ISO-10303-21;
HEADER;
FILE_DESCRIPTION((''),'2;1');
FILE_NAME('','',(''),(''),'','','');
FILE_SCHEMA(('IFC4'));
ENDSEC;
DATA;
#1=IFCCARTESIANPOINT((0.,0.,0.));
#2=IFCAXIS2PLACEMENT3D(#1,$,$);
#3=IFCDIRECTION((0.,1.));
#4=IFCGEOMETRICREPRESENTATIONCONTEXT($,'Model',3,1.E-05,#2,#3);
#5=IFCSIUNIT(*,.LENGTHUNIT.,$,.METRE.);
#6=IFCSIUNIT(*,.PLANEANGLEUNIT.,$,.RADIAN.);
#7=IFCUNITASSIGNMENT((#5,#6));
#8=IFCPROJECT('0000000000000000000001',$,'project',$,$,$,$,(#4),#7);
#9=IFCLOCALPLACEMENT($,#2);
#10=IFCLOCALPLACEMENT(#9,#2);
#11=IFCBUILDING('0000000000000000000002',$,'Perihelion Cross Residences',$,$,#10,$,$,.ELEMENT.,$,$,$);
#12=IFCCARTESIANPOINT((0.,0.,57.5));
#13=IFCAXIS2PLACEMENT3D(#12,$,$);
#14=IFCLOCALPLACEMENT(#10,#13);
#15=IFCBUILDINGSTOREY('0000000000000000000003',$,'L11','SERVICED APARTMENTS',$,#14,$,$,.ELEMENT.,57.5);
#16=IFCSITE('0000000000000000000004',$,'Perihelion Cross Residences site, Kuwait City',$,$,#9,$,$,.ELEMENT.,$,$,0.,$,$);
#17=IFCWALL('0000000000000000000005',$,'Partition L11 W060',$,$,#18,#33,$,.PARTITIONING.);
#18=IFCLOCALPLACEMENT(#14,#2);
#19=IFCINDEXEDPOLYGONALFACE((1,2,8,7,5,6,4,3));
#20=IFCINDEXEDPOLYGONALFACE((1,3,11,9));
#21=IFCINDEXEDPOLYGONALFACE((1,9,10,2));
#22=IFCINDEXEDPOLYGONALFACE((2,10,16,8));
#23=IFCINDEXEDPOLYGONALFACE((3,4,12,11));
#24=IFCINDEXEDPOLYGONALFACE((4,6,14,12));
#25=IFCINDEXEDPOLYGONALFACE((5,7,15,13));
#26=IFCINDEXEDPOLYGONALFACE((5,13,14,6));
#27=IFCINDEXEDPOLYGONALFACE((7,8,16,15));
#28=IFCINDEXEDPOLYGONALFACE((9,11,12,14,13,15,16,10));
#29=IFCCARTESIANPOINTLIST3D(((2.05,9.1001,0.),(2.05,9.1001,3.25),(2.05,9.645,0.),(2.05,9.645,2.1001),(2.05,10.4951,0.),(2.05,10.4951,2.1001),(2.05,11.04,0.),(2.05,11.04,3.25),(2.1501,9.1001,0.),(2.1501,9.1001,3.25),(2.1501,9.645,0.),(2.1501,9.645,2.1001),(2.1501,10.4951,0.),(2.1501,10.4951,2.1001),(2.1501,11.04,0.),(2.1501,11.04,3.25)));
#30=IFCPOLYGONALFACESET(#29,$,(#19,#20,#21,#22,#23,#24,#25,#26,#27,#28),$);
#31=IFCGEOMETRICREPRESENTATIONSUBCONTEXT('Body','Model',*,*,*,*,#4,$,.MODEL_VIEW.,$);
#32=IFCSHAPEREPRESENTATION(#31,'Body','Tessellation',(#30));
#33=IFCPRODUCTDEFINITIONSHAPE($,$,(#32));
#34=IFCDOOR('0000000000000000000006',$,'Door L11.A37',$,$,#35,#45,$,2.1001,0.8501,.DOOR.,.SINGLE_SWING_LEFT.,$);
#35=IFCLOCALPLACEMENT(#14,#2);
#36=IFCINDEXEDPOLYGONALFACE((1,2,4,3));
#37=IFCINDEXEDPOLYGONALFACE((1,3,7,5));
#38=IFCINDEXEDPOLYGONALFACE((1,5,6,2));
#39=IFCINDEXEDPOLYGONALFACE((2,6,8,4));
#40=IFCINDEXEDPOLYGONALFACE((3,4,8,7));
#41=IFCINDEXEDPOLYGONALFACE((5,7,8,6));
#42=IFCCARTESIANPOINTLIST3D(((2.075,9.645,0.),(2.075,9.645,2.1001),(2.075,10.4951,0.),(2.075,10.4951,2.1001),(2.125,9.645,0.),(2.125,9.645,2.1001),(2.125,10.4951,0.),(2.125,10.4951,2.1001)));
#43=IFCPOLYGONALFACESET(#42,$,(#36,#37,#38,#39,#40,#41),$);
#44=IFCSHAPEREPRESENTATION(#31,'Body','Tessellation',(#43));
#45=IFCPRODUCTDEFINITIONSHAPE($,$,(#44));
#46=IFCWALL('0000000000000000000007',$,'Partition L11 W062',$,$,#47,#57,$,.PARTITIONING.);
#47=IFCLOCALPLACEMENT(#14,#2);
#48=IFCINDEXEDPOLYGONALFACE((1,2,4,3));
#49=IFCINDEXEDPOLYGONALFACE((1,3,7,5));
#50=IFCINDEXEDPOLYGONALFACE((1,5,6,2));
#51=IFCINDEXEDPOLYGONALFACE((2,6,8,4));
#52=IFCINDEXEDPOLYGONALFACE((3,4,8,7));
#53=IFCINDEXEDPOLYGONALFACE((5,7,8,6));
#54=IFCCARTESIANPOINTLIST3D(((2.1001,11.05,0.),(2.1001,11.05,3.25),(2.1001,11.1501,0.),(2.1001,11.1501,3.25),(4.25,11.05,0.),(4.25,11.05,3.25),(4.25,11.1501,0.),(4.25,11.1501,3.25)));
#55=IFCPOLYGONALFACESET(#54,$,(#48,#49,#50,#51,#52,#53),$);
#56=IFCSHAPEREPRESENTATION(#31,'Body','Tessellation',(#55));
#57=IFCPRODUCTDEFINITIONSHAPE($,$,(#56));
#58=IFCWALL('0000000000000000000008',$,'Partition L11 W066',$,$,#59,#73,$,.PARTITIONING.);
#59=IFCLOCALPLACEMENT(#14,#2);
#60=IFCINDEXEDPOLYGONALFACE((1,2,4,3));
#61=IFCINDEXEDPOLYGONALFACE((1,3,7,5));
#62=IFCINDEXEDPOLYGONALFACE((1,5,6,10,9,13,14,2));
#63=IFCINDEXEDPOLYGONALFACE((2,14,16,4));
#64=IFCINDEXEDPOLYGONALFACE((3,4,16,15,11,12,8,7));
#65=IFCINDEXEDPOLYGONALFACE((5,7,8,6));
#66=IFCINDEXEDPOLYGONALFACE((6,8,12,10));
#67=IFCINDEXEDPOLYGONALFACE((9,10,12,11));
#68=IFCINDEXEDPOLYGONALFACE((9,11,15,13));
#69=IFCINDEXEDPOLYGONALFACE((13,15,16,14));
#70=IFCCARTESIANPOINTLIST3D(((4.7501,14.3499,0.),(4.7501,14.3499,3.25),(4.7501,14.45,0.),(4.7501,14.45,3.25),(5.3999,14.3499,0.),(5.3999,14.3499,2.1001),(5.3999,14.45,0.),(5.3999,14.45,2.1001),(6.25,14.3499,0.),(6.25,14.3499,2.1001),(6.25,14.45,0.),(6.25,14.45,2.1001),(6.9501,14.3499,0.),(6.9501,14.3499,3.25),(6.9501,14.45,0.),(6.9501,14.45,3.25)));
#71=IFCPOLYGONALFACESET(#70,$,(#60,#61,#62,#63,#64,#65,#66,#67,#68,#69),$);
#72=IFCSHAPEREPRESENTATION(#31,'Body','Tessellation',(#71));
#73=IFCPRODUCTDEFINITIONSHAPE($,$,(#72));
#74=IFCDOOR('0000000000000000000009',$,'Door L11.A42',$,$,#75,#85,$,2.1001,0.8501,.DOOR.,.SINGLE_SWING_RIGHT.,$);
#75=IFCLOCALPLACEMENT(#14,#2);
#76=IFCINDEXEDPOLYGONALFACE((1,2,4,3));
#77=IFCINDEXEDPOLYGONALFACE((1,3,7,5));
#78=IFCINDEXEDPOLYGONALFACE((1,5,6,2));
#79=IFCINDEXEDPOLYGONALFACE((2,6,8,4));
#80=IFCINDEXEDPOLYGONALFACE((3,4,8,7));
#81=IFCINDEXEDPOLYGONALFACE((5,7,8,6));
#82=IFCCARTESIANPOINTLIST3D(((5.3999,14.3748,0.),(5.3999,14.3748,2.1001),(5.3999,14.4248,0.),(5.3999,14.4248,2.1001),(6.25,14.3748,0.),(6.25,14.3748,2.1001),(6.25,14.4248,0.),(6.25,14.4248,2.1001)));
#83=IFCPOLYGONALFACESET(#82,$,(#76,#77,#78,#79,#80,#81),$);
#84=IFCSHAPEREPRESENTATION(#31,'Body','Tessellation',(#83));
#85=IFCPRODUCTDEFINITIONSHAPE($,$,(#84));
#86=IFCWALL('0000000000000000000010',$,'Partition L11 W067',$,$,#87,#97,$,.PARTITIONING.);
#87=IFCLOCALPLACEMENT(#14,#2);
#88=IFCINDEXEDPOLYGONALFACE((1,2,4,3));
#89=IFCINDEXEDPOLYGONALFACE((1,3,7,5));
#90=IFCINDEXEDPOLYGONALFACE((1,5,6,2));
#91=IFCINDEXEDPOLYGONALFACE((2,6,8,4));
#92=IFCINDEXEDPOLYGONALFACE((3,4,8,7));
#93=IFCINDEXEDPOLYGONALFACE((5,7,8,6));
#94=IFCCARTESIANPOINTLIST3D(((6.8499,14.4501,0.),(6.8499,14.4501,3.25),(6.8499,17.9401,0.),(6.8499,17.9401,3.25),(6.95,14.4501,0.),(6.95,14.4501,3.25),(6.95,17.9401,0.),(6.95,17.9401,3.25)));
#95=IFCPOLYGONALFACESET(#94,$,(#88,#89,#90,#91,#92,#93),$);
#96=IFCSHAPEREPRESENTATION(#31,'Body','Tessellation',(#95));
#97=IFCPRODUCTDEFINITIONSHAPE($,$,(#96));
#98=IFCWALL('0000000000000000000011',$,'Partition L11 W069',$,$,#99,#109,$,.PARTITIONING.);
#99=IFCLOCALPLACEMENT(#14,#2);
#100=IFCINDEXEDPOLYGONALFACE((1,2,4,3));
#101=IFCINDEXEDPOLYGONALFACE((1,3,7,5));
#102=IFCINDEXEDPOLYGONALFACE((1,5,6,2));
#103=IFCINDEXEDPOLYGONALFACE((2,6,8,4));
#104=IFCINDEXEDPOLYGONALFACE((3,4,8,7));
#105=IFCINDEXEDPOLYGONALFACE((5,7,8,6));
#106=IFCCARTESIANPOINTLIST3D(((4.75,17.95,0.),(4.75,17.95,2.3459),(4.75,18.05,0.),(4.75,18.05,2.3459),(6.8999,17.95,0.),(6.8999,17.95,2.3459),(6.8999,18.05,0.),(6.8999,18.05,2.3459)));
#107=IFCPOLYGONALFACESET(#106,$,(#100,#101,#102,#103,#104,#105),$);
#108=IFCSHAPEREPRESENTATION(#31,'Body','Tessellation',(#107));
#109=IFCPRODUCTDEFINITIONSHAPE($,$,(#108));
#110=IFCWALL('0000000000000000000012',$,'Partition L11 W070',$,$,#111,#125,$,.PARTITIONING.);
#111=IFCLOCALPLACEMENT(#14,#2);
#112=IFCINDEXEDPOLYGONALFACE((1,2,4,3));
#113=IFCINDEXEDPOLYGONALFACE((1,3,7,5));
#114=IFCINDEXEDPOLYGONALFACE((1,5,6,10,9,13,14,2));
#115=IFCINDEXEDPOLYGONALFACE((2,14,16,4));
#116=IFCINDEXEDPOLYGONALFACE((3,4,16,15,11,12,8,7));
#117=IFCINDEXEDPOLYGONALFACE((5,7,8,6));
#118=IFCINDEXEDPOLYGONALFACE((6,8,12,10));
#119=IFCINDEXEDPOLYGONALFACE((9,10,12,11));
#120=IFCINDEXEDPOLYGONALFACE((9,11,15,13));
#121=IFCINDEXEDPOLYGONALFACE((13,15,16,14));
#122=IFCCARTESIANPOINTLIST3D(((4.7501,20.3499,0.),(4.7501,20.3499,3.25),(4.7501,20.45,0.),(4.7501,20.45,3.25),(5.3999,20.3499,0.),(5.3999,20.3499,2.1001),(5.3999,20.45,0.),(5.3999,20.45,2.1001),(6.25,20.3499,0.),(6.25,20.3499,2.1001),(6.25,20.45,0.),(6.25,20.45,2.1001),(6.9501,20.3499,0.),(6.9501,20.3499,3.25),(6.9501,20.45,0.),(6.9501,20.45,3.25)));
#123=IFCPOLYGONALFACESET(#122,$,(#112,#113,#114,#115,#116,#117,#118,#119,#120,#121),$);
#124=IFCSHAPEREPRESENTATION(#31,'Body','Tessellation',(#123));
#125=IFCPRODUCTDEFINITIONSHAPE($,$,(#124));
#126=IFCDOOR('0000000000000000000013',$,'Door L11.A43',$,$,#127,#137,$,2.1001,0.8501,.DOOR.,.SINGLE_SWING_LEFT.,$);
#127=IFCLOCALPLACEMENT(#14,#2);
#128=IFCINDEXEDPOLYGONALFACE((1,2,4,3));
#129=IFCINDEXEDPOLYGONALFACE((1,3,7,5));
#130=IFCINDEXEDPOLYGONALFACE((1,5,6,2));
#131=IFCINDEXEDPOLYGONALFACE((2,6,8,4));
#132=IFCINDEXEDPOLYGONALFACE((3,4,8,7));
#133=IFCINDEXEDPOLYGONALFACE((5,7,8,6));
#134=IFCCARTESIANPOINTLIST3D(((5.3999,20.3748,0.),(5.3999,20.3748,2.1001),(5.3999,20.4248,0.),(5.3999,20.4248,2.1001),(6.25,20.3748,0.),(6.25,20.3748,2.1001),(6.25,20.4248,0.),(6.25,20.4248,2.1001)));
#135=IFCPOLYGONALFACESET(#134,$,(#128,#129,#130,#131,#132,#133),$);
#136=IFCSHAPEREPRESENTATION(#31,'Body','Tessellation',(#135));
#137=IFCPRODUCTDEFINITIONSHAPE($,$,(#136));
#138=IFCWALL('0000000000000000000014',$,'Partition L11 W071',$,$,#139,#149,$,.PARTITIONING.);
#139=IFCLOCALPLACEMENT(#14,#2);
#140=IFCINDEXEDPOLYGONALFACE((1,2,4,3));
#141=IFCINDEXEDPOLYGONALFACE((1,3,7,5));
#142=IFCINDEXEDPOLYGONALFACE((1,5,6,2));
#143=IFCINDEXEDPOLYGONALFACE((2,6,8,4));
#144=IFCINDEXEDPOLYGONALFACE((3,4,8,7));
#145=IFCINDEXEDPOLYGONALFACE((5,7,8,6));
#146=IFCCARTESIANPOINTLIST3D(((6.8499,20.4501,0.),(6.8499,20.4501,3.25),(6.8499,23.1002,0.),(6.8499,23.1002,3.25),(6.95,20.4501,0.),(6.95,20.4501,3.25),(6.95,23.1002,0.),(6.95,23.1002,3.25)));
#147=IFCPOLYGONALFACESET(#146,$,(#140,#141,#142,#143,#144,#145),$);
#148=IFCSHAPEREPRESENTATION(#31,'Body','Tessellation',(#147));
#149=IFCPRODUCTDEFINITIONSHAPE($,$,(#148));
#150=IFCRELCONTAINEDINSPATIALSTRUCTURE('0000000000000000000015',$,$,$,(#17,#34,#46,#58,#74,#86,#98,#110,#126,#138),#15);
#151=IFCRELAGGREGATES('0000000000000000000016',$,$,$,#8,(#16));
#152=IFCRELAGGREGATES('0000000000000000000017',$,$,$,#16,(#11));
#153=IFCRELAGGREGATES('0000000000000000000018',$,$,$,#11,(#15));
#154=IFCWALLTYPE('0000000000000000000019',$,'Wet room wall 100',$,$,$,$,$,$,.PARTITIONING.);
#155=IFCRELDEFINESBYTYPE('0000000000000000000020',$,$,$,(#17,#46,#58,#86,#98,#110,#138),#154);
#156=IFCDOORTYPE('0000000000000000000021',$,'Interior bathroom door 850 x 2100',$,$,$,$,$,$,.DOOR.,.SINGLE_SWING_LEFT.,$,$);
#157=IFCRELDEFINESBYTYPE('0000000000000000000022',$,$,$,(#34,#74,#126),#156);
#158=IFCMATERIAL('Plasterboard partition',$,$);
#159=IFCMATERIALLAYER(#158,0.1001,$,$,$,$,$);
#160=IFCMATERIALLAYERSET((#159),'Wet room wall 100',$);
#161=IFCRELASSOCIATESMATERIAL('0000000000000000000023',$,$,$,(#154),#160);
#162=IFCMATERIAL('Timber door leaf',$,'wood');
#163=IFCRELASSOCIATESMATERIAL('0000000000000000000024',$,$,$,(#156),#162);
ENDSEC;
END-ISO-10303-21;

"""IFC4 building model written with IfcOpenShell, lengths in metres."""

from ifc_helpers import new_model, si_unit, direction, frame, frame_2d, origin, place, context, subcontext, project, spatial, rectangle, extrude, material, layer, layer_set, type_object, element, fill, save


model = new_model("IFC4")

# Units and contexts
model_context = context("Model", 3, precision=1e-05, world=origin(), true_north=direction((0.0, 1.0)))
body_context = subcontext(model_context, "Body", "Model", "MODEL_VIEW")
ifc_project = project(units=[si_unit("LENGTHUNIT", "METRE"), si_unit("PLANEANGLEUNIT", "RADIAN")], contexts=[model_context])

# Site, building, storey
site_placement = place(None, origin())
site = spatial("IfcSite", under=ifc_project, at=site_placement, Name="Perihelion Cross Residences site, Kuwait City", CompositionType="ELEMENT", RefElevation=0.0)
building_placement = place(site_placement, origin())
building = spatial("IfcBuilding", under=site, at=building_placement, Name="Perihelion Cross Residences", CompositionType="ELEMENT")
storey_placement = place(building_placement, frame((0.0, 0.0, 57.5)))
storey = spatial("IfcBuildingStorey", under=building, at=storey_placement, Name="L11", Description="SERVICED APARTMENTS", CompositionType="ELEMENT", Elevation=57.5)

# Wall, opening, door
ifc_material_1 = material(Name="Plasterboard partition")
ifc_layer_1 = layer(ifc_material_1, 0.1001)
ifc_layer_set_1 = layer_set([ifc_layer_1], Name="Wet room wall 100")
wall_type_1 = type_object("IfcWallType", Name="Wet room wall 100", PredefinedType="PARTITIONING", material=ifc_layer_set_1)
wall_1_placement = place(storey_placement, frame((2.1001, 11.04, 0.0), z_axis=(0.0, 0.0, 1.0), x_axis=(0.0, -1.0, 0.0)))
wall_1 = element("IfcWall", 1, at=wall_1_placement, inside=storey, type_object=wall_type_1, Name="Partition L11 W060", PredefinedType="PARTITIONING", context=body_context, shape_type="SweptSolid", body=[
    extrude(rectangle(XDim=1.9399, YDim=0.1001, at=frame_2d((0.97, 0.0))), origin(), (0.0, 0.0, 1.0), 3.25),
])
opening_1_placement = place(wall_1_placement, frame((0.5449, 0.0, 0.0)))
opening_1 = element("IfcOpeningElement", 2, at=opening_1_placement, cuts=wall_1, PredefinedType="OPENING", context=body_context, shape_type="SweptSolid", body=[
    extrude(rectangle(XDim=0.8501, YDim=2.1001, at=frame_2d((0.425, 1.05))), frame((0.0, 0.0601, 0.0), z_axis=(0.0, -1.0, 0.0), x_axis=(1.0, 0.0, 0.0)), (0.0, 0.0, 1.0), 0.1201),
])
ifc_material_2 = material(Name="Timber door leaf", Category="wood")
door_type_1 = type_object("IfcDoorType", Name="Interior bathroom door 850 x 2100", OperationType="SINGLE_SWING_LEFT", PredefinedType="DOOR", material=ifc_material_2)
door_1_placement = place(opening_1_placement, origin())
door_1 = element("IfcDoor", 3, at=door_1_placement, inside=storey, type_object=door_type_1, Name="Door L11.A37", OperationType="SINGLE_SWING_LEFT", OverallHeight=2.1001, OverallWidth=0.8501, PredefinedType="DOOR", context=body_context, shape_type="SweptSolid", body=[
    extrude(rectangle(XDim=0.8501, YDim=2.1001, at=frame_2d((0.425, 1.05))), frame((0.0, 0.0249, 0.0), z_axis=(0.0, -1.0, 0.0), x_axis=(1.0, 0.0, 0.0)), (0.0, 0.0, 1.0), 0.05),
])
fill(opening_1, door_1)

# Wall
wall_2_placement = place(storey_placement, frame((2.1001, 11.1001, 0.0), z_axis=(0.0, 0.0, 1.0), x_axis=(1.0, 0.0, 0.0)))
element("IfcWall", 4, at=wall_2_placement, inside=storey, type_object=wall_type_1, Name="Partition L11 W062", PredefinedType="PARTITIONING", context=body_context, shape_type="SweptSolid", body=[
    extrude(rectangle(XDim=2.1499, YDim=0.1001, at=frame_2d((1.075, 0.0))), origin(), (0.0, 0.0, 1.0), 3.25),
])

# Wall, opening, door
wall_3_placement = place(storey_placement, frame((4.75, 14.3999, 0.0), z_axis=(0.0, 0.0, 1.0), x_axis=(1.0, 0.0, 0.0)))
wall_3 = element("IfcWall", 5, at=wall_3_placement, inside=storey, type_object=wall_type_1, Name="Partition L11 W066", PredefinedType="PARTITIONING", context=body_context, shape_type="SweptSolid", body=[
    extrude(rectangle(XDim=2.2, YDim=0.1001, at=frame_2d((1.1001, 0.0))), origin(), (0.0, 0.0, 1.0), 3.25),
])
opening_2_placement = place(wall_3_placement, frame((0.6499, 0.0, 0.0)))
opening_2 = element("IfcOpeningElement", 6, at=opening_2_placement, cuts=wall_3, PredefinedType="OPENING", context=body_context, shape_type="SweptSolid", body=[
    extrude(rectangle(XDim=0.8501, YDim=2.1001, at=frame_2d((0.425, 1.05))), frame((0.0, 0.0601, 0.0), z_axis=(0.0, -1.0, 0.0), x_axis=(1.0, 0.0, 0.0)), (0.0, 0.0, 1.0), 0.1201),
])
door_2_placement = place(opening_2_placement, origin())
door_2 = element("IfcDoor", 7, at=door_2_placement, inside=storey, type_object=door_type_1, Name="Door L11.A42", OperationType="SINGLE_SWING_RIGHT", OverallHeight=2.1001, OverallWidth=0.8501, PredefinedType="DOOR", context=body_context, shape_type="SweptSolid", body=[
    extrude(rectangle(XDim=0.8501, YDim=2.1001, at=frame_2d((0.425, 1.05))), frame((0.0, 0.0249, 0.0), z_axis=(0.0, -1.0, 0.0), x_axis=(1.0, 0.0, 0.0)), (0.0, 0.0, 1.0), 0.05),
])
fill(opening_2, door_2)

# Walls
wall_4_placement = place(storey_placement, frame((6.8999, 14.45, 0.0), z_axis=(0.0, 0.0, 1.0), x_axis=(0.0, 1.0, 0.0)))
element("IfcWall", 8, at=wall_4_placement, inside=storey, type_object=wall_type_1, Name="Partition L11 W067", PredefinedType="PARTITIONING", context=body_context, shape_type="SweptSolid", body=[
    extrude(rectangle(XDim=3.49, YDim=0.1001, at=frame_2d((1.7451, 0.0))), origin(), (0.0, 0.0, 1.0), 3.25),
])
wall_5_placement = place(storey_placement, frame((4.75, 18.0, 0.0), z_axis=(0.0, 0.0, 1.0), x_axis=(1.0, 0.0, 0.0)))
element("IfcWall", 9, at=wall_5_placement, inside=storey, type_object=wall_type_1, Name="Partition L11 W069", PredefinedType="PARTITIONING", context=body_context, shape_type="SweptSolid", body=[
    extrude(rectangle(XDim=2.1499, YDim=0.1001, at=frame_2d((1.075, 0.0))), origin(), (0.0, 0.0, 1.0), 2.3459),
])

# Wall, opening, door
wall_6_placement = place(storey_placement, frame((4.75, 20.3999, 0.0), z_axis=(0.0, 0.0, 1.0), x_axis=(1.0, 0.0, 0.0)))
wall_6 = element("IfcWall", 10, at=wall_6_placement, inside=storey, type_object=wall_type_1, Name="Partition L11 W070", PredefinedType="PARTITIONING", context=body_context, shape_type="SweptSolid", body=[
    extrude(rectangle(XDim=2.2, YDim=0.1001, at=frame_2d((1.1001, 0.0))), origin(), (0.0, 0.0, 1.0), 3.25),
])
opening_3_placement = place(wall_6_placement, frame((0.6499, 0.0, 0.0)))
opening_3 = element("IfcOpeningElement", 11, at=opening_3_placement, cuts=wall_6, PredefinedType="OPENING", context=body_context, shape_type="SweptSolid", body=[
    extrude(rectangle(XDim=0.8501, YDim=2.1001, at=frame_2d((0.425, 1.05))), frame((0.0, 0.0601, 0.0), z_axis=(0.0, -1.0, 0.0), x_axis=(1.0, 0.0, 0.0)), (0.0, 0.0, 1.0), 0.1201),
])
door_3_placement = place(opening_3_placement, origin())
door_3 = element("IfcDoor", 12, at=door_3_placement, inside=storey, type_object=door_type_1, Name="Door L11.A43", OperationType="SINGLE_SWING_LEFT", OverallHeight=2.1001, OverallWidth=0.8501, PredefinedType="DOOR", context=body_context, shape_type="SweptSolid", body=[
    extrude(rectangle(XDim=0.8501, YDim=2.1001, at=frame_2d((0.425, 1.05))), frame((0.0, 0.0249, 0.0), z_axis=(0.0, -1.0, 0.0), x_axis=(1.0, 0.0, 0.0)), (0.0, 0.0, 1.0), 0.05),
])
fill(opening_3, door_3)

# Wall
wall_7_placement = place(storey_placement, frame((6.8999, 20.45, 0.0), z_axis=(0.0, 0.0, 1.0), x_axis=(0.0, 1.0, 0.0)))
element("IfcWall", 13, at=wall_7_placement, inside=storey, type_object=wall_type_1, Name="Partition L11 W071", PredefinedType="PARTITIONING", context=body_context, shape_type="SweptSolid", body=[
    extrude(rectangle(XDim=2.6501, YDim=0.1001, at=frame_2d((1.3252, 0.0))), origin(), (0.0, 0.0, 1.0), 3.25),
])

save(model, "model.ifc")
